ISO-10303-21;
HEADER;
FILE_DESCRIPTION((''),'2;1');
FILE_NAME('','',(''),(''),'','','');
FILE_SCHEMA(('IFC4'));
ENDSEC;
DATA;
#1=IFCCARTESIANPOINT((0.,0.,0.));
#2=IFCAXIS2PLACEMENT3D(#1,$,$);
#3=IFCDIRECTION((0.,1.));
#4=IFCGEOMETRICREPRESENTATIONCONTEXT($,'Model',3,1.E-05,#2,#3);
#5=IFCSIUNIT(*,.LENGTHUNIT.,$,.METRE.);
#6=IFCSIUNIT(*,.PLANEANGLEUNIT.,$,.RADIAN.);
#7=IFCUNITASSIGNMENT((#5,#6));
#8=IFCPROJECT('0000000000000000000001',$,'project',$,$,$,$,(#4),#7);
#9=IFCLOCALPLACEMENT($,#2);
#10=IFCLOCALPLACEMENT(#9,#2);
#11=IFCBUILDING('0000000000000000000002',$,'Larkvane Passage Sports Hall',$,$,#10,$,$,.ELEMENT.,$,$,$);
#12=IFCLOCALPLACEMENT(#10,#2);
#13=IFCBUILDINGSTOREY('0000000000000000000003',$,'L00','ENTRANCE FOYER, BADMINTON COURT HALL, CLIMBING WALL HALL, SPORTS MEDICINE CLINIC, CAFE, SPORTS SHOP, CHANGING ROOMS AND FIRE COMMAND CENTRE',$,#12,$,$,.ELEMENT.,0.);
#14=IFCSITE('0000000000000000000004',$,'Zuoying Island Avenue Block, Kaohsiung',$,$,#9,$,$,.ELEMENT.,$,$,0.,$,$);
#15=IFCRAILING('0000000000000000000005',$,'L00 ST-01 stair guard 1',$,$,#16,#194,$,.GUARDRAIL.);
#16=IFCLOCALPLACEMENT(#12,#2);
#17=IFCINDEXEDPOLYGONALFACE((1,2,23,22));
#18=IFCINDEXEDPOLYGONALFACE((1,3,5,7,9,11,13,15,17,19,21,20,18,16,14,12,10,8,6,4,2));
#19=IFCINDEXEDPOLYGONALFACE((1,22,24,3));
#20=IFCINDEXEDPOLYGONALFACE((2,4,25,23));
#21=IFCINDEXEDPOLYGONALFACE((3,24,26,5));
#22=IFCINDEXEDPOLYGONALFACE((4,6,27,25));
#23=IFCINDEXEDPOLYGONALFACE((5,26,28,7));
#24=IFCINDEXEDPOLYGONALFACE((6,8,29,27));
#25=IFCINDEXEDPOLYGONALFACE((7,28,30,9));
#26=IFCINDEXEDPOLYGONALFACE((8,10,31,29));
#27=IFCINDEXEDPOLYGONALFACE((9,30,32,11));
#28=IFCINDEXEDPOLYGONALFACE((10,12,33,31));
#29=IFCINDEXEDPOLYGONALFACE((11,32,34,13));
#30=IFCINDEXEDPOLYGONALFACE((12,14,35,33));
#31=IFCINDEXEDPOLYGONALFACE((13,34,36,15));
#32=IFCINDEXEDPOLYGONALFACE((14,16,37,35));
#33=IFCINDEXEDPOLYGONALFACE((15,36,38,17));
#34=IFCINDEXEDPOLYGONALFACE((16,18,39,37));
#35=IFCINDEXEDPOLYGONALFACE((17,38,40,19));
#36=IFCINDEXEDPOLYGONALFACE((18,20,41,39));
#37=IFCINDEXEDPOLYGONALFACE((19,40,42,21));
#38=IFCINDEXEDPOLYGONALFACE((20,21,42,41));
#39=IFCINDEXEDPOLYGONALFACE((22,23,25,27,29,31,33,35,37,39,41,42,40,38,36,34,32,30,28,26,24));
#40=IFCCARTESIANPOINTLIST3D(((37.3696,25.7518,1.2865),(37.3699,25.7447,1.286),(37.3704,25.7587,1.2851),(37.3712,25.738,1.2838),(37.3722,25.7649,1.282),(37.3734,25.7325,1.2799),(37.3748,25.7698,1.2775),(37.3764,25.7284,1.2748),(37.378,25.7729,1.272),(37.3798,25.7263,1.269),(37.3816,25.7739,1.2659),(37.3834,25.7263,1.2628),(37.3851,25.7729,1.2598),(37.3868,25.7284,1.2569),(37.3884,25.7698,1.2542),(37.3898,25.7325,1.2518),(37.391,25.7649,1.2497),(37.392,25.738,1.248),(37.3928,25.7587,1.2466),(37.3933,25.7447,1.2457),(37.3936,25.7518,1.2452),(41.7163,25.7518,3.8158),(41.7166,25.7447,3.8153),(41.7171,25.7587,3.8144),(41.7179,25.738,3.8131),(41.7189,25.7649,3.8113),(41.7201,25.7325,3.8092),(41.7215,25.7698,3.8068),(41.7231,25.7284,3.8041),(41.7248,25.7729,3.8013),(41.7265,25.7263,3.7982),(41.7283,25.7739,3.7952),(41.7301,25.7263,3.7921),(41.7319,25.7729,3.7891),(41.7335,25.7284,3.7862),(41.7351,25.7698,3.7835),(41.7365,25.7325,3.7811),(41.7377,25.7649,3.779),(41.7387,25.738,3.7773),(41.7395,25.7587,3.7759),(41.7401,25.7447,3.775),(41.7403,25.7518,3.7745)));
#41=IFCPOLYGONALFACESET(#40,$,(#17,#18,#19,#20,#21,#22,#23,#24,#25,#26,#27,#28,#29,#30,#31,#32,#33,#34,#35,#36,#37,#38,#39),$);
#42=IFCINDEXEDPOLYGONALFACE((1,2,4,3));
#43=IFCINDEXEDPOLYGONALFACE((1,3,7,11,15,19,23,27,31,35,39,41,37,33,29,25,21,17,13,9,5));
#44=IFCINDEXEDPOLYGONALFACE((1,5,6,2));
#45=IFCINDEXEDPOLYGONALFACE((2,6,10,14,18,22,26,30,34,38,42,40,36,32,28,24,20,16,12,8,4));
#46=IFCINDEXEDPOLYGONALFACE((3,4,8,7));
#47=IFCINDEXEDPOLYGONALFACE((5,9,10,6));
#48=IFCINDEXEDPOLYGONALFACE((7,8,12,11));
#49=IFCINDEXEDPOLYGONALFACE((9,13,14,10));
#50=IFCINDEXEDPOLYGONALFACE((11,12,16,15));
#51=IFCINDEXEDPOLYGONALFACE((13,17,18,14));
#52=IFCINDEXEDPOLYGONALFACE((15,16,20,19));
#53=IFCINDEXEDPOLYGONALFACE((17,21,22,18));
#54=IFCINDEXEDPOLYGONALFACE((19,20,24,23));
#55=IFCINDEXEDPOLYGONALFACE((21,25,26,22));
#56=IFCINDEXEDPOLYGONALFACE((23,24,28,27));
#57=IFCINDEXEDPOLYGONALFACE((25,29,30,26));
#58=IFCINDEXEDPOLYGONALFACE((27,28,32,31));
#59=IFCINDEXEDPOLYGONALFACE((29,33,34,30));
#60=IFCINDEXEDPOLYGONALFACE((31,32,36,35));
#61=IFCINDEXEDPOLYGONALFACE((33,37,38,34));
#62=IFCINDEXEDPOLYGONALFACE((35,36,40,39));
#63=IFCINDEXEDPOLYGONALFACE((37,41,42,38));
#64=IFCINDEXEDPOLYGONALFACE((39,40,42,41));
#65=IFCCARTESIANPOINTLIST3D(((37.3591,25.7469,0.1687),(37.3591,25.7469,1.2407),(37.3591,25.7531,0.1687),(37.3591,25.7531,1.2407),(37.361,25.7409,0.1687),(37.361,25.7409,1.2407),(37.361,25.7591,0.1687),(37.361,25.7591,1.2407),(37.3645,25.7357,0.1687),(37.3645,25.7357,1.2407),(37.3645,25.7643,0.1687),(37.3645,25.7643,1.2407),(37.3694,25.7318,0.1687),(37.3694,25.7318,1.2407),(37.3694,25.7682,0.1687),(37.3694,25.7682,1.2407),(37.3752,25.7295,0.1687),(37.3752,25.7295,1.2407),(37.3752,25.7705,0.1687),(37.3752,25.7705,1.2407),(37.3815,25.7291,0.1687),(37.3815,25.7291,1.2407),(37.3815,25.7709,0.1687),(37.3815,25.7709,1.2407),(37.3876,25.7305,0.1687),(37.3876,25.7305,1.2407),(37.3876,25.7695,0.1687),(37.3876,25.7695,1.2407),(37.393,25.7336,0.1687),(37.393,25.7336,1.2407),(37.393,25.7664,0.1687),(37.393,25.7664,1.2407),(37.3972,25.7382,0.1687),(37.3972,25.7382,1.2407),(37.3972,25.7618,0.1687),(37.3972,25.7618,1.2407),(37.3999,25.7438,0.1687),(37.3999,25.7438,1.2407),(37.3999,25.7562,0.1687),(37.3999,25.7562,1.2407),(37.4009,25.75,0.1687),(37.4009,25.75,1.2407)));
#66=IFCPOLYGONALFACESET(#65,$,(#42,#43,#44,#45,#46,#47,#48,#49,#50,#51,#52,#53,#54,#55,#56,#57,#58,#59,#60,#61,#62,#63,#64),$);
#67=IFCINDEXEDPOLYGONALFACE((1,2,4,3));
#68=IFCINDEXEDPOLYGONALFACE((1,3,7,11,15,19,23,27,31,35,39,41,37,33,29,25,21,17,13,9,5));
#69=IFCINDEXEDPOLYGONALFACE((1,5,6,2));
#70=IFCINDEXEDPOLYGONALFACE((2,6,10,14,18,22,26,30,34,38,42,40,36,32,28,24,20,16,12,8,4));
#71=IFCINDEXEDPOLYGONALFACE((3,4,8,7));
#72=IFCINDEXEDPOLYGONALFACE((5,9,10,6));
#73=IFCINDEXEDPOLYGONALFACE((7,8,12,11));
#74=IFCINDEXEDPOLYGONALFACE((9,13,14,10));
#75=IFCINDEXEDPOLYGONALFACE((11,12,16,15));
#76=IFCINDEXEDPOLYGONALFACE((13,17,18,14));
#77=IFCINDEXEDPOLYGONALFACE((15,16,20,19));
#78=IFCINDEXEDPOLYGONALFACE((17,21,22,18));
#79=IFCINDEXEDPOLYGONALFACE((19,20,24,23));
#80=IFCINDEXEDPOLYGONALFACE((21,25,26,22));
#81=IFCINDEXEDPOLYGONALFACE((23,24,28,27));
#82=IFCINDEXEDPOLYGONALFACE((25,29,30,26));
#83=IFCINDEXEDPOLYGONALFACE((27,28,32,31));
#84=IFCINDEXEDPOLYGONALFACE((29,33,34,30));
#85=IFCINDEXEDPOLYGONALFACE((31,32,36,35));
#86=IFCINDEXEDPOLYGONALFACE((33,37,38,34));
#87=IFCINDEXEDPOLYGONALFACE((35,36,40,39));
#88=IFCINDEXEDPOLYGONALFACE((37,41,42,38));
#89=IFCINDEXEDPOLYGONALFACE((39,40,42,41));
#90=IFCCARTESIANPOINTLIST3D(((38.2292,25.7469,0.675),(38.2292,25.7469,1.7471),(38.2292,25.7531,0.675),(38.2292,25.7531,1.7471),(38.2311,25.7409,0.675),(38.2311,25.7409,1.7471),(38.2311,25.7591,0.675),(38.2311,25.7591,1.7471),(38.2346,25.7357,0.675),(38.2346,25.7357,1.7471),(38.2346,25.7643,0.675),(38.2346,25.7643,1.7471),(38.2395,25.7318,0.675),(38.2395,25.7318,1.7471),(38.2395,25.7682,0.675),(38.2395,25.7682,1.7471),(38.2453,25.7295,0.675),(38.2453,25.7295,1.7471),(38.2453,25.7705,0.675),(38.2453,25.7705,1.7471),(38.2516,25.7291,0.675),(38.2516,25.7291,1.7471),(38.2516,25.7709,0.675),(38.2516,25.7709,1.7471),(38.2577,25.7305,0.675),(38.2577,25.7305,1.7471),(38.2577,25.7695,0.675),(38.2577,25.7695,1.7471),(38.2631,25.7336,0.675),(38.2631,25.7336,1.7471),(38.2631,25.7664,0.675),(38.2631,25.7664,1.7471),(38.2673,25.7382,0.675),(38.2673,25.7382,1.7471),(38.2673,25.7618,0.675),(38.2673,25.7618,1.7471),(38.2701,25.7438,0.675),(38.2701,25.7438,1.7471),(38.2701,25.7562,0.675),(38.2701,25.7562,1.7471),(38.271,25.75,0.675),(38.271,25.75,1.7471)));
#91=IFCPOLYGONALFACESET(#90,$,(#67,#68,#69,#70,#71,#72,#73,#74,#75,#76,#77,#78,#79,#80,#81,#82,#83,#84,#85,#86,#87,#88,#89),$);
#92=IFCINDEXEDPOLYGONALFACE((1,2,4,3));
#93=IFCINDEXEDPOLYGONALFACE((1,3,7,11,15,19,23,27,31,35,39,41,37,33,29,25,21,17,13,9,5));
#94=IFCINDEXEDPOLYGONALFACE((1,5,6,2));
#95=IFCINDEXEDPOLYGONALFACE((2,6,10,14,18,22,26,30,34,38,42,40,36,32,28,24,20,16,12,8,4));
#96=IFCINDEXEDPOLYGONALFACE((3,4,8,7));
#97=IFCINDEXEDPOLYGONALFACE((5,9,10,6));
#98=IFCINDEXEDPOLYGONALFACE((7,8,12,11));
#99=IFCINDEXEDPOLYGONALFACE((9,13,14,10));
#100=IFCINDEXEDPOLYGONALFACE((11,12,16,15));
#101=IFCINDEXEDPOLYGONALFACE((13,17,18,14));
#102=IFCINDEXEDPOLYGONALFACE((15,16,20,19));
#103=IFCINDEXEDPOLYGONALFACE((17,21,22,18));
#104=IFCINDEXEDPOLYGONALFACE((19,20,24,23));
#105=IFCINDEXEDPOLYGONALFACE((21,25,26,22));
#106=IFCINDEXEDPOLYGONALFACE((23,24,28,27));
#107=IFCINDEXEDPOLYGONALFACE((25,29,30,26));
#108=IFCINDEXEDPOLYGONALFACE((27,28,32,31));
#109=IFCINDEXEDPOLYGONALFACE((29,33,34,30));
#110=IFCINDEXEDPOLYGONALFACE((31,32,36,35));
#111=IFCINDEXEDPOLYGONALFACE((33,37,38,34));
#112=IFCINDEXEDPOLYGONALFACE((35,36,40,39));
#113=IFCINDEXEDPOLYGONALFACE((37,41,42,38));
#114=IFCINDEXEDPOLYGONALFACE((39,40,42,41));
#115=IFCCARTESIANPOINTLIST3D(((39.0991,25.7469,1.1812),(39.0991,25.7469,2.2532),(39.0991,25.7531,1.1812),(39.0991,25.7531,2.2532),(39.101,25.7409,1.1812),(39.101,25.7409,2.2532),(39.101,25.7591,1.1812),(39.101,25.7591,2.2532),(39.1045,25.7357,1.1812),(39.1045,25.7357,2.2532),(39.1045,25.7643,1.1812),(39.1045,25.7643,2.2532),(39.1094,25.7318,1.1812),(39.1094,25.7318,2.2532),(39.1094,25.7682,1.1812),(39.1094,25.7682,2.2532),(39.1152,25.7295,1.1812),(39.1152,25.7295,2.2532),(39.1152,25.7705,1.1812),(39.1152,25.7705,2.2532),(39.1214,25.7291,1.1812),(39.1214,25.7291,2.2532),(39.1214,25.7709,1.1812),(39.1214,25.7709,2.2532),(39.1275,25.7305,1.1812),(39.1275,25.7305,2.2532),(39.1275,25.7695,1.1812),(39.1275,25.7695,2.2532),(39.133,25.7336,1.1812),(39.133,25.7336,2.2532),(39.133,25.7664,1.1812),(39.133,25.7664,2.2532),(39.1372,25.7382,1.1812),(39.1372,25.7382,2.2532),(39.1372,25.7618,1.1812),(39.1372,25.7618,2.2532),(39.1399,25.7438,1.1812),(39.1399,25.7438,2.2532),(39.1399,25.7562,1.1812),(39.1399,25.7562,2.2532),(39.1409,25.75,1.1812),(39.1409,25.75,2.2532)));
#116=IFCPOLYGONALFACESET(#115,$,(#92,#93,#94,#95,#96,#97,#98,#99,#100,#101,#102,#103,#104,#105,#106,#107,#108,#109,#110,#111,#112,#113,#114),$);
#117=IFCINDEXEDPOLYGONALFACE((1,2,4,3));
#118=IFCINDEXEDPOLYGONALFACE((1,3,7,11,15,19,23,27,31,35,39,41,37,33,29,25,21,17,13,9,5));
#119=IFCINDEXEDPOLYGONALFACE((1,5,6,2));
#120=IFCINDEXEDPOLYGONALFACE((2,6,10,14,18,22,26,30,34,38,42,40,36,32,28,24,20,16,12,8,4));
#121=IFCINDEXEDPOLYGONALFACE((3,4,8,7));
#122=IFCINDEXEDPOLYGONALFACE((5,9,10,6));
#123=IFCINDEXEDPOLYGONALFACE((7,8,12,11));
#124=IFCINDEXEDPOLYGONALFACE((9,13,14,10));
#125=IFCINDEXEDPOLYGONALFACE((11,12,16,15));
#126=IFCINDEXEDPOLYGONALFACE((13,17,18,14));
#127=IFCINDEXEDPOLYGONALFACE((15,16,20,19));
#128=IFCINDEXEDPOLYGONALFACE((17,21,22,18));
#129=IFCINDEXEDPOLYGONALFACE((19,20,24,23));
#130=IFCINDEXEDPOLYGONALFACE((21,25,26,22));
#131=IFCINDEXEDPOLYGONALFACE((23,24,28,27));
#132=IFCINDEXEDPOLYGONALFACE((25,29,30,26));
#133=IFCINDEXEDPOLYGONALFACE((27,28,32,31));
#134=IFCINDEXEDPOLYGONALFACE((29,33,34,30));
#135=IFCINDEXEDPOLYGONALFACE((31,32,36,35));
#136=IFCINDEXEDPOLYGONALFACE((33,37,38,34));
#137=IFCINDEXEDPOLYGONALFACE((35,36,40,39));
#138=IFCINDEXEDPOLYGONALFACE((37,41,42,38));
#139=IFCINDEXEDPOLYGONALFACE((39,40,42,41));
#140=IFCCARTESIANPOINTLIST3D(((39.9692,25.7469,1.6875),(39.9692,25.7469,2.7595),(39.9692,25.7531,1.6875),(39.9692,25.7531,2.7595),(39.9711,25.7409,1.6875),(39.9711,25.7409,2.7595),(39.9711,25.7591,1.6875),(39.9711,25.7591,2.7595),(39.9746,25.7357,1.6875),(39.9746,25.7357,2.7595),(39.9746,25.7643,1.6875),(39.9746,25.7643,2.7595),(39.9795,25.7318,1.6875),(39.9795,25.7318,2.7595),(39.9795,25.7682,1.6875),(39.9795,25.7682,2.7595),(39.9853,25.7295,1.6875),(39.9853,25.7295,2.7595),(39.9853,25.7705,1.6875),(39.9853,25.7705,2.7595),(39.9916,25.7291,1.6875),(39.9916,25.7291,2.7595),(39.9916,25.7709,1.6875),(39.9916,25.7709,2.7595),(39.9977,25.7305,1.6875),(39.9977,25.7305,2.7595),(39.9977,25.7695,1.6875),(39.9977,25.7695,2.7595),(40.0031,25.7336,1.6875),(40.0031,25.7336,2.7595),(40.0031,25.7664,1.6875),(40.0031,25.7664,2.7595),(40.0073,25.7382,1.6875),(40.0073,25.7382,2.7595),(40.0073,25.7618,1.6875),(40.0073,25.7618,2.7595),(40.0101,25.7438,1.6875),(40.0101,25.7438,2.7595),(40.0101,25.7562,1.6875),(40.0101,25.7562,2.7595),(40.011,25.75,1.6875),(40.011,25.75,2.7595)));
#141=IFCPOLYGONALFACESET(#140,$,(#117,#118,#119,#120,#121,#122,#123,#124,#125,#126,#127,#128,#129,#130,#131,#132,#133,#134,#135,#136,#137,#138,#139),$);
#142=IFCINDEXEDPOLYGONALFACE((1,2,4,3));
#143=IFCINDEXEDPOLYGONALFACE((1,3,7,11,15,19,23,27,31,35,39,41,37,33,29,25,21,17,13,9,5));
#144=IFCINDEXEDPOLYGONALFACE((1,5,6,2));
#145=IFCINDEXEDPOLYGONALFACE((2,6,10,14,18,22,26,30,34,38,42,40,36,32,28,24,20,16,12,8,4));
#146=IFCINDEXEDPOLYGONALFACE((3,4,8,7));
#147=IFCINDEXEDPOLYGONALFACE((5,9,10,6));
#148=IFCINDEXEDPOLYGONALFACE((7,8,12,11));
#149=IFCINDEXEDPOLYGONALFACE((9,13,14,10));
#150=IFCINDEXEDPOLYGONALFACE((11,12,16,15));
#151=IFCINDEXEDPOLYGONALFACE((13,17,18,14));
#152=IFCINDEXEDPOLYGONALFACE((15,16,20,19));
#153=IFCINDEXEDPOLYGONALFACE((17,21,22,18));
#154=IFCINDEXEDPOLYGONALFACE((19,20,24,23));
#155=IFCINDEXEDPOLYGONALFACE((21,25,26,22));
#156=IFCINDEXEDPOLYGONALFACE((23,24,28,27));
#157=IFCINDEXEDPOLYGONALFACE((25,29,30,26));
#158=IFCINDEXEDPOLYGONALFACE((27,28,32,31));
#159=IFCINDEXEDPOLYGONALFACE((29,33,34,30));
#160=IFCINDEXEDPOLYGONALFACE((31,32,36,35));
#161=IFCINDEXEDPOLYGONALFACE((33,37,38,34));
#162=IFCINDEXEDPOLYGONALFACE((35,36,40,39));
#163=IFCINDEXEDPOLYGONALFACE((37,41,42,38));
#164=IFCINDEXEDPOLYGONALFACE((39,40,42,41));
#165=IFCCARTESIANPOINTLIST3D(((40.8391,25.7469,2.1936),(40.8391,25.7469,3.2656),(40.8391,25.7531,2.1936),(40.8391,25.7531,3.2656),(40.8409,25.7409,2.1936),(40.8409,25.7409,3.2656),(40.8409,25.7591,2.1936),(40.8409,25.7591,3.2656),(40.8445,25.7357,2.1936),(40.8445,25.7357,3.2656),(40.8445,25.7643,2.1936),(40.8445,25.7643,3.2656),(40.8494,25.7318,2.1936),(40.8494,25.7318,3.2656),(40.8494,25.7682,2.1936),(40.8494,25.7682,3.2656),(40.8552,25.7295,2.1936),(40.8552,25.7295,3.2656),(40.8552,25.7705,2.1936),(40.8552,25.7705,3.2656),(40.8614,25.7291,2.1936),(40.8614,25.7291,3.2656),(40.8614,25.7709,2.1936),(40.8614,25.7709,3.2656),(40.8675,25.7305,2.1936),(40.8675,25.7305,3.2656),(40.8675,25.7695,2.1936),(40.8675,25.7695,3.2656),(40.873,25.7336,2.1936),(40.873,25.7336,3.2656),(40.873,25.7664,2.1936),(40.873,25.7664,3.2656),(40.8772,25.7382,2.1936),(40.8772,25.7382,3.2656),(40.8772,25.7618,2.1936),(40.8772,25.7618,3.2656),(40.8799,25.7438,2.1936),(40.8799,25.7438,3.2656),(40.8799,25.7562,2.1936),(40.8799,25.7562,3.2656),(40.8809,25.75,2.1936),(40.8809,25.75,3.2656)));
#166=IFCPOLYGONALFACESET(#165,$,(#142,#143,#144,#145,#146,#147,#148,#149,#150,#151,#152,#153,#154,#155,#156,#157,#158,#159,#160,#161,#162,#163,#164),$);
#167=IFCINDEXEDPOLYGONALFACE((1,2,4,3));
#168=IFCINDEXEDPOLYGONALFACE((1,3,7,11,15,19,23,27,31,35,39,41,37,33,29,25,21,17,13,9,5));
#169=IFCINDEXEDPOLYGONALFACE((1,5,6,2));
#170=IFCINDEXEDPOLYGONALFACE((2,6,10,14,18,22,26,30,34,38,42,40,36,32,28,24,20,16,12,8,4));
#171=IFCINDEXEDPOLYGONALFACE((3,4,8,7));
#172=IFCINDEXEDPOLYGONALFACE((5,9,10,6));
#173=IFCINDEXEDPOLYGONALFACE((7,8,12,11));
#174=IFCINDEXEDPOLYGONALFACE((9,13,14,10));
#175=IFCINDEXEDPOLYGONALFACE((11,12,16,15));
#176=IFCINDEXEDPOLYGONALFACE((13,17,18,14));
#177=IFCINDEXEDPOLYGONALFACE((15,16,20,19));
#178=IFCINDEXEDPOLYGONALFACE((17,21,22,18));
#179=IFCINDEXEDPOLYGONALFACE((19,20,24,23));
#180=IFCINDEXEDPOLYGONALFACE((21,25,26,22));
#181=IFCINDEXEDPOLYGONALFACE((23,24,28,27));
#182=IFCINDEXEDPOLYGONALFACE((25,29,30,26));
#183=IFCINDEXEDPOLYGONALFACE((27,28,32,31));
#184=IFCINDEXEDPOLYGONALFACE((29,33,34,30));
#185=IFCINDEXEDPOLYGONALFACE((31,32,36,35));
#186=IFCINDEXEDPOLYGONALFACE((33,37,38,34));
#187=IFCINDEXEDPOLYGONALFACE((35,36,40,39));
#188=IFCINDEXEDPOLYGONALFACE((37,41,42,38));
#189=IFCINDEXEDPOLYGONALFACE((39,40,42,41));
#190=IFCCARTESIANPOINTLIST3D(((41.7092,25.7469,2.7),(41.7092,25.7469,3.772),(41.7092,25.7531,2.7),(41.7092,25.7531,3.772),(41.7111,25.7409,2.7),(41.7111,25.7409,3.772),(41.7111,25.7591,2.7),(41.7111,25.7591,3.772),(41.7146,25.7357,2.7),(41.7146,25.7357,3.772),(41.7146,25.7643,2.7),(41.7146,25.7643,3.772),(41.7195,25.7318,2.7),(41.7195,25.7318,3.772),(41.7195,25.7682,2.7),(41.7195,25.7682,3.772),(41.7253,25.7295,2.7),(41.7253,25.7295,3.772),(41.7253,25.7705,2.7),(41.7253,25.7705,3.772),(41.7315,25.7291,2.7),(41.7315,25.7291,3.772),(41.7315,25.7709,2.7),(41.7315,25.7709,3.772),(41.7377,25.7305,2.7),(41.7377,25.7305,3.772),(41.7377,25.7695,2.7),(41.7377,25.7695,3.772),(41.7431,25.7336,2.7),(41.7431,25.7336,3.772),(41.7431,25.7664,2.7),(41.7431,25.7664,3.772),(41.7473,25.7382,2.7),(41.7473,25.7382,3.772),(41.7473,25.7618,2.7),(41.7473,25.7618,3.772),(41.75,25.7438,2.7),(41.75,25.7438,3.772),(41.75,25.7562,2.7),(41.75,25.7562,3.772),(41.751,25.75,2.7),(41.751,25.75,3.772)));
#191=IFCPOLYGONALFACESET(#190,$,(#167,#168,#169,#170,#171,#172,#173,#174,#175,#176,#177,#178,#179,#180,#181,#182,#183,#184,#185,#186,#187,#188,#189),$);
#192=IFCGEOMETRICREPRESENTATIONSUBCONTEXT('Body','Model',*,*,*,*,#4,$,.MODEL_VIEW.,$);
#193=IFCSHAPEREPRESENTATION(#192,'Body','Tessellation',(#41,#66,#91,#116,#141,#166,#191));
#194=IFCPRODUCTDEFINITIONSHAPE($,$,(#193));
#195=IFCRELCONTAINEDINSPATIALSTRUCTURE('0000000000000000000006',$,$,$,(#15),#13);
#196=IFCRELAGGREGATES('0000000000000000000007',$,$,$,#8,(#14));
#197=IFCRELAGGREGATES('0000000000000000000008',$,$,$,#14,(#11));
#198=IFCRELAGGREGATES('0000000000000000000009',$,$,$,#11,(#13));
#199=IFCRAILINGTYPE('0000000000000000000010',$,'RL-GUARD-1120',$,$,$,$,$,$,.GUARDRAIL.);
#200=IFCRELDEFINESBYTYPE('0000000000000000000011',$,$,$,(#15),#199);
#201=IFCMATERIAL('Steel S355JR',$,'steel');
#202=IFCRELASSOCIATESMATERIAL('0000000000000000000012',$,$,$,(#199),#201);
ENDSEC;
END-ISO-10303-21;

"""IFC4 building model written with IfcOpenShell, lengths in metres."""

from ifc_helpers import new_model, si_unit, direction, frame, origin, origin_2d, place, context, subcontext, project, spatial, circle, extrude, material, type_object, element, save


model = new_model("IFC4")

# Units and contexts
model_context = context("Model", 3, precision=1e-05, world=origin(), true_north=direction((0.0, 1.0)))
body_context = subcontext(model_context, "Body", "Model", "MODEL_VIEW")
ifc_project = project(units=[si_unit("LENGTHUNIT", "METRE"), si_unit("PLANEANGLEUNIT", "RADIAN")], contexts=[model_context])

# Site, building, storey
site_placement = place(None, origin())
site = spatial("IfcSite", under=ifc_project, at=site_placement, Name="Zuoying Island Avenue Block, Kaohsiung", CompositionType="ELEMENT", RefElevation=0.0)
building_placement = place(site_placement, origin())
building = spatial("IfcBuilding", under=site, at=building_placement, Name="Larkvane Passage Sports Hall", CompositionType="ELEMENT")
storey_placement = place(building_placement, origin())
storey = spatial("IfcBuildingStorey", under=building, at=storey_placement, Name="L00", Description="ENTRANCE FOYER, BADMINTON COURT HALL, CLIMBING WALL HALL, SPORTS MEDICINE CLINIC, CAFE, SPORTS SHOP, CHANGING ROOMS AND FIRE COMMAND CENTRE", CompositionType="ELEMENT", Elevation=0.0)

# Railing
ifc_material_1 = material(Name="Steel S355JR", Category="steel")
railing_type_1 = type_object("IfcRailingType", Name="RL-GUARD-1120", PredefinedType="GUARDRAIL", material=ifc_material_1)
railing_1_placement = place(storey_placement, frame((37.3799, 25.75, 0.1687)))
element("IfcRailing", 1, at=railing_1_placement, inside=storey, type_object=railing_type_1, Name="L00 ST-01 stair guard 1", PredefinedType="GUARDRAIL", context=body_context, shape_type="SweptSolid", body=[
    extrude(circle(Radius=0.0239, at=origin_2d()), frame((0.0017, 0.0, 1.0972), z_axis=(0.864324, 0.0, 0.502936), x_axis=(0.0, 1.0, 0.0)), (0.0, 0.0, 1.0), 5.0291),
    extrude(circle(Radius=0.021, at=origin_2d()), origin(), (0.0, 0.0, 1.0), 1.072),
    extrude(circle(Radius=0.021, at=origin_2d()), frame((0.8701, 0.0, 0.5063)), (0.0, 0.0, 1.0), 1.072),
    extrude(circle(Radius=0.021, at=origin_2d()), frame((1.74, 0.0, 1.0125)), (0.0, 0.0, 1.0), 1.072),
    extrude(circle(Radius=0.021, at=origin_2d()), frame((2.6101, 0.0, 1.5188)), (0.0, 0.0, 1.0), 1.072),
    extrude(circle(Radius=0.021, at=origin_2d()), frame((3.48, 0.0, 2.0249)), (0.0, 0.0, 1.0), 1.072),
    extrude(circle(Radius=0.021, at=origin_2d()), frame((4.3501, 0.0, 2.5312)), (0.0, 0.0, 1.0), 1.072),
])

save(model, "model.ifc")
